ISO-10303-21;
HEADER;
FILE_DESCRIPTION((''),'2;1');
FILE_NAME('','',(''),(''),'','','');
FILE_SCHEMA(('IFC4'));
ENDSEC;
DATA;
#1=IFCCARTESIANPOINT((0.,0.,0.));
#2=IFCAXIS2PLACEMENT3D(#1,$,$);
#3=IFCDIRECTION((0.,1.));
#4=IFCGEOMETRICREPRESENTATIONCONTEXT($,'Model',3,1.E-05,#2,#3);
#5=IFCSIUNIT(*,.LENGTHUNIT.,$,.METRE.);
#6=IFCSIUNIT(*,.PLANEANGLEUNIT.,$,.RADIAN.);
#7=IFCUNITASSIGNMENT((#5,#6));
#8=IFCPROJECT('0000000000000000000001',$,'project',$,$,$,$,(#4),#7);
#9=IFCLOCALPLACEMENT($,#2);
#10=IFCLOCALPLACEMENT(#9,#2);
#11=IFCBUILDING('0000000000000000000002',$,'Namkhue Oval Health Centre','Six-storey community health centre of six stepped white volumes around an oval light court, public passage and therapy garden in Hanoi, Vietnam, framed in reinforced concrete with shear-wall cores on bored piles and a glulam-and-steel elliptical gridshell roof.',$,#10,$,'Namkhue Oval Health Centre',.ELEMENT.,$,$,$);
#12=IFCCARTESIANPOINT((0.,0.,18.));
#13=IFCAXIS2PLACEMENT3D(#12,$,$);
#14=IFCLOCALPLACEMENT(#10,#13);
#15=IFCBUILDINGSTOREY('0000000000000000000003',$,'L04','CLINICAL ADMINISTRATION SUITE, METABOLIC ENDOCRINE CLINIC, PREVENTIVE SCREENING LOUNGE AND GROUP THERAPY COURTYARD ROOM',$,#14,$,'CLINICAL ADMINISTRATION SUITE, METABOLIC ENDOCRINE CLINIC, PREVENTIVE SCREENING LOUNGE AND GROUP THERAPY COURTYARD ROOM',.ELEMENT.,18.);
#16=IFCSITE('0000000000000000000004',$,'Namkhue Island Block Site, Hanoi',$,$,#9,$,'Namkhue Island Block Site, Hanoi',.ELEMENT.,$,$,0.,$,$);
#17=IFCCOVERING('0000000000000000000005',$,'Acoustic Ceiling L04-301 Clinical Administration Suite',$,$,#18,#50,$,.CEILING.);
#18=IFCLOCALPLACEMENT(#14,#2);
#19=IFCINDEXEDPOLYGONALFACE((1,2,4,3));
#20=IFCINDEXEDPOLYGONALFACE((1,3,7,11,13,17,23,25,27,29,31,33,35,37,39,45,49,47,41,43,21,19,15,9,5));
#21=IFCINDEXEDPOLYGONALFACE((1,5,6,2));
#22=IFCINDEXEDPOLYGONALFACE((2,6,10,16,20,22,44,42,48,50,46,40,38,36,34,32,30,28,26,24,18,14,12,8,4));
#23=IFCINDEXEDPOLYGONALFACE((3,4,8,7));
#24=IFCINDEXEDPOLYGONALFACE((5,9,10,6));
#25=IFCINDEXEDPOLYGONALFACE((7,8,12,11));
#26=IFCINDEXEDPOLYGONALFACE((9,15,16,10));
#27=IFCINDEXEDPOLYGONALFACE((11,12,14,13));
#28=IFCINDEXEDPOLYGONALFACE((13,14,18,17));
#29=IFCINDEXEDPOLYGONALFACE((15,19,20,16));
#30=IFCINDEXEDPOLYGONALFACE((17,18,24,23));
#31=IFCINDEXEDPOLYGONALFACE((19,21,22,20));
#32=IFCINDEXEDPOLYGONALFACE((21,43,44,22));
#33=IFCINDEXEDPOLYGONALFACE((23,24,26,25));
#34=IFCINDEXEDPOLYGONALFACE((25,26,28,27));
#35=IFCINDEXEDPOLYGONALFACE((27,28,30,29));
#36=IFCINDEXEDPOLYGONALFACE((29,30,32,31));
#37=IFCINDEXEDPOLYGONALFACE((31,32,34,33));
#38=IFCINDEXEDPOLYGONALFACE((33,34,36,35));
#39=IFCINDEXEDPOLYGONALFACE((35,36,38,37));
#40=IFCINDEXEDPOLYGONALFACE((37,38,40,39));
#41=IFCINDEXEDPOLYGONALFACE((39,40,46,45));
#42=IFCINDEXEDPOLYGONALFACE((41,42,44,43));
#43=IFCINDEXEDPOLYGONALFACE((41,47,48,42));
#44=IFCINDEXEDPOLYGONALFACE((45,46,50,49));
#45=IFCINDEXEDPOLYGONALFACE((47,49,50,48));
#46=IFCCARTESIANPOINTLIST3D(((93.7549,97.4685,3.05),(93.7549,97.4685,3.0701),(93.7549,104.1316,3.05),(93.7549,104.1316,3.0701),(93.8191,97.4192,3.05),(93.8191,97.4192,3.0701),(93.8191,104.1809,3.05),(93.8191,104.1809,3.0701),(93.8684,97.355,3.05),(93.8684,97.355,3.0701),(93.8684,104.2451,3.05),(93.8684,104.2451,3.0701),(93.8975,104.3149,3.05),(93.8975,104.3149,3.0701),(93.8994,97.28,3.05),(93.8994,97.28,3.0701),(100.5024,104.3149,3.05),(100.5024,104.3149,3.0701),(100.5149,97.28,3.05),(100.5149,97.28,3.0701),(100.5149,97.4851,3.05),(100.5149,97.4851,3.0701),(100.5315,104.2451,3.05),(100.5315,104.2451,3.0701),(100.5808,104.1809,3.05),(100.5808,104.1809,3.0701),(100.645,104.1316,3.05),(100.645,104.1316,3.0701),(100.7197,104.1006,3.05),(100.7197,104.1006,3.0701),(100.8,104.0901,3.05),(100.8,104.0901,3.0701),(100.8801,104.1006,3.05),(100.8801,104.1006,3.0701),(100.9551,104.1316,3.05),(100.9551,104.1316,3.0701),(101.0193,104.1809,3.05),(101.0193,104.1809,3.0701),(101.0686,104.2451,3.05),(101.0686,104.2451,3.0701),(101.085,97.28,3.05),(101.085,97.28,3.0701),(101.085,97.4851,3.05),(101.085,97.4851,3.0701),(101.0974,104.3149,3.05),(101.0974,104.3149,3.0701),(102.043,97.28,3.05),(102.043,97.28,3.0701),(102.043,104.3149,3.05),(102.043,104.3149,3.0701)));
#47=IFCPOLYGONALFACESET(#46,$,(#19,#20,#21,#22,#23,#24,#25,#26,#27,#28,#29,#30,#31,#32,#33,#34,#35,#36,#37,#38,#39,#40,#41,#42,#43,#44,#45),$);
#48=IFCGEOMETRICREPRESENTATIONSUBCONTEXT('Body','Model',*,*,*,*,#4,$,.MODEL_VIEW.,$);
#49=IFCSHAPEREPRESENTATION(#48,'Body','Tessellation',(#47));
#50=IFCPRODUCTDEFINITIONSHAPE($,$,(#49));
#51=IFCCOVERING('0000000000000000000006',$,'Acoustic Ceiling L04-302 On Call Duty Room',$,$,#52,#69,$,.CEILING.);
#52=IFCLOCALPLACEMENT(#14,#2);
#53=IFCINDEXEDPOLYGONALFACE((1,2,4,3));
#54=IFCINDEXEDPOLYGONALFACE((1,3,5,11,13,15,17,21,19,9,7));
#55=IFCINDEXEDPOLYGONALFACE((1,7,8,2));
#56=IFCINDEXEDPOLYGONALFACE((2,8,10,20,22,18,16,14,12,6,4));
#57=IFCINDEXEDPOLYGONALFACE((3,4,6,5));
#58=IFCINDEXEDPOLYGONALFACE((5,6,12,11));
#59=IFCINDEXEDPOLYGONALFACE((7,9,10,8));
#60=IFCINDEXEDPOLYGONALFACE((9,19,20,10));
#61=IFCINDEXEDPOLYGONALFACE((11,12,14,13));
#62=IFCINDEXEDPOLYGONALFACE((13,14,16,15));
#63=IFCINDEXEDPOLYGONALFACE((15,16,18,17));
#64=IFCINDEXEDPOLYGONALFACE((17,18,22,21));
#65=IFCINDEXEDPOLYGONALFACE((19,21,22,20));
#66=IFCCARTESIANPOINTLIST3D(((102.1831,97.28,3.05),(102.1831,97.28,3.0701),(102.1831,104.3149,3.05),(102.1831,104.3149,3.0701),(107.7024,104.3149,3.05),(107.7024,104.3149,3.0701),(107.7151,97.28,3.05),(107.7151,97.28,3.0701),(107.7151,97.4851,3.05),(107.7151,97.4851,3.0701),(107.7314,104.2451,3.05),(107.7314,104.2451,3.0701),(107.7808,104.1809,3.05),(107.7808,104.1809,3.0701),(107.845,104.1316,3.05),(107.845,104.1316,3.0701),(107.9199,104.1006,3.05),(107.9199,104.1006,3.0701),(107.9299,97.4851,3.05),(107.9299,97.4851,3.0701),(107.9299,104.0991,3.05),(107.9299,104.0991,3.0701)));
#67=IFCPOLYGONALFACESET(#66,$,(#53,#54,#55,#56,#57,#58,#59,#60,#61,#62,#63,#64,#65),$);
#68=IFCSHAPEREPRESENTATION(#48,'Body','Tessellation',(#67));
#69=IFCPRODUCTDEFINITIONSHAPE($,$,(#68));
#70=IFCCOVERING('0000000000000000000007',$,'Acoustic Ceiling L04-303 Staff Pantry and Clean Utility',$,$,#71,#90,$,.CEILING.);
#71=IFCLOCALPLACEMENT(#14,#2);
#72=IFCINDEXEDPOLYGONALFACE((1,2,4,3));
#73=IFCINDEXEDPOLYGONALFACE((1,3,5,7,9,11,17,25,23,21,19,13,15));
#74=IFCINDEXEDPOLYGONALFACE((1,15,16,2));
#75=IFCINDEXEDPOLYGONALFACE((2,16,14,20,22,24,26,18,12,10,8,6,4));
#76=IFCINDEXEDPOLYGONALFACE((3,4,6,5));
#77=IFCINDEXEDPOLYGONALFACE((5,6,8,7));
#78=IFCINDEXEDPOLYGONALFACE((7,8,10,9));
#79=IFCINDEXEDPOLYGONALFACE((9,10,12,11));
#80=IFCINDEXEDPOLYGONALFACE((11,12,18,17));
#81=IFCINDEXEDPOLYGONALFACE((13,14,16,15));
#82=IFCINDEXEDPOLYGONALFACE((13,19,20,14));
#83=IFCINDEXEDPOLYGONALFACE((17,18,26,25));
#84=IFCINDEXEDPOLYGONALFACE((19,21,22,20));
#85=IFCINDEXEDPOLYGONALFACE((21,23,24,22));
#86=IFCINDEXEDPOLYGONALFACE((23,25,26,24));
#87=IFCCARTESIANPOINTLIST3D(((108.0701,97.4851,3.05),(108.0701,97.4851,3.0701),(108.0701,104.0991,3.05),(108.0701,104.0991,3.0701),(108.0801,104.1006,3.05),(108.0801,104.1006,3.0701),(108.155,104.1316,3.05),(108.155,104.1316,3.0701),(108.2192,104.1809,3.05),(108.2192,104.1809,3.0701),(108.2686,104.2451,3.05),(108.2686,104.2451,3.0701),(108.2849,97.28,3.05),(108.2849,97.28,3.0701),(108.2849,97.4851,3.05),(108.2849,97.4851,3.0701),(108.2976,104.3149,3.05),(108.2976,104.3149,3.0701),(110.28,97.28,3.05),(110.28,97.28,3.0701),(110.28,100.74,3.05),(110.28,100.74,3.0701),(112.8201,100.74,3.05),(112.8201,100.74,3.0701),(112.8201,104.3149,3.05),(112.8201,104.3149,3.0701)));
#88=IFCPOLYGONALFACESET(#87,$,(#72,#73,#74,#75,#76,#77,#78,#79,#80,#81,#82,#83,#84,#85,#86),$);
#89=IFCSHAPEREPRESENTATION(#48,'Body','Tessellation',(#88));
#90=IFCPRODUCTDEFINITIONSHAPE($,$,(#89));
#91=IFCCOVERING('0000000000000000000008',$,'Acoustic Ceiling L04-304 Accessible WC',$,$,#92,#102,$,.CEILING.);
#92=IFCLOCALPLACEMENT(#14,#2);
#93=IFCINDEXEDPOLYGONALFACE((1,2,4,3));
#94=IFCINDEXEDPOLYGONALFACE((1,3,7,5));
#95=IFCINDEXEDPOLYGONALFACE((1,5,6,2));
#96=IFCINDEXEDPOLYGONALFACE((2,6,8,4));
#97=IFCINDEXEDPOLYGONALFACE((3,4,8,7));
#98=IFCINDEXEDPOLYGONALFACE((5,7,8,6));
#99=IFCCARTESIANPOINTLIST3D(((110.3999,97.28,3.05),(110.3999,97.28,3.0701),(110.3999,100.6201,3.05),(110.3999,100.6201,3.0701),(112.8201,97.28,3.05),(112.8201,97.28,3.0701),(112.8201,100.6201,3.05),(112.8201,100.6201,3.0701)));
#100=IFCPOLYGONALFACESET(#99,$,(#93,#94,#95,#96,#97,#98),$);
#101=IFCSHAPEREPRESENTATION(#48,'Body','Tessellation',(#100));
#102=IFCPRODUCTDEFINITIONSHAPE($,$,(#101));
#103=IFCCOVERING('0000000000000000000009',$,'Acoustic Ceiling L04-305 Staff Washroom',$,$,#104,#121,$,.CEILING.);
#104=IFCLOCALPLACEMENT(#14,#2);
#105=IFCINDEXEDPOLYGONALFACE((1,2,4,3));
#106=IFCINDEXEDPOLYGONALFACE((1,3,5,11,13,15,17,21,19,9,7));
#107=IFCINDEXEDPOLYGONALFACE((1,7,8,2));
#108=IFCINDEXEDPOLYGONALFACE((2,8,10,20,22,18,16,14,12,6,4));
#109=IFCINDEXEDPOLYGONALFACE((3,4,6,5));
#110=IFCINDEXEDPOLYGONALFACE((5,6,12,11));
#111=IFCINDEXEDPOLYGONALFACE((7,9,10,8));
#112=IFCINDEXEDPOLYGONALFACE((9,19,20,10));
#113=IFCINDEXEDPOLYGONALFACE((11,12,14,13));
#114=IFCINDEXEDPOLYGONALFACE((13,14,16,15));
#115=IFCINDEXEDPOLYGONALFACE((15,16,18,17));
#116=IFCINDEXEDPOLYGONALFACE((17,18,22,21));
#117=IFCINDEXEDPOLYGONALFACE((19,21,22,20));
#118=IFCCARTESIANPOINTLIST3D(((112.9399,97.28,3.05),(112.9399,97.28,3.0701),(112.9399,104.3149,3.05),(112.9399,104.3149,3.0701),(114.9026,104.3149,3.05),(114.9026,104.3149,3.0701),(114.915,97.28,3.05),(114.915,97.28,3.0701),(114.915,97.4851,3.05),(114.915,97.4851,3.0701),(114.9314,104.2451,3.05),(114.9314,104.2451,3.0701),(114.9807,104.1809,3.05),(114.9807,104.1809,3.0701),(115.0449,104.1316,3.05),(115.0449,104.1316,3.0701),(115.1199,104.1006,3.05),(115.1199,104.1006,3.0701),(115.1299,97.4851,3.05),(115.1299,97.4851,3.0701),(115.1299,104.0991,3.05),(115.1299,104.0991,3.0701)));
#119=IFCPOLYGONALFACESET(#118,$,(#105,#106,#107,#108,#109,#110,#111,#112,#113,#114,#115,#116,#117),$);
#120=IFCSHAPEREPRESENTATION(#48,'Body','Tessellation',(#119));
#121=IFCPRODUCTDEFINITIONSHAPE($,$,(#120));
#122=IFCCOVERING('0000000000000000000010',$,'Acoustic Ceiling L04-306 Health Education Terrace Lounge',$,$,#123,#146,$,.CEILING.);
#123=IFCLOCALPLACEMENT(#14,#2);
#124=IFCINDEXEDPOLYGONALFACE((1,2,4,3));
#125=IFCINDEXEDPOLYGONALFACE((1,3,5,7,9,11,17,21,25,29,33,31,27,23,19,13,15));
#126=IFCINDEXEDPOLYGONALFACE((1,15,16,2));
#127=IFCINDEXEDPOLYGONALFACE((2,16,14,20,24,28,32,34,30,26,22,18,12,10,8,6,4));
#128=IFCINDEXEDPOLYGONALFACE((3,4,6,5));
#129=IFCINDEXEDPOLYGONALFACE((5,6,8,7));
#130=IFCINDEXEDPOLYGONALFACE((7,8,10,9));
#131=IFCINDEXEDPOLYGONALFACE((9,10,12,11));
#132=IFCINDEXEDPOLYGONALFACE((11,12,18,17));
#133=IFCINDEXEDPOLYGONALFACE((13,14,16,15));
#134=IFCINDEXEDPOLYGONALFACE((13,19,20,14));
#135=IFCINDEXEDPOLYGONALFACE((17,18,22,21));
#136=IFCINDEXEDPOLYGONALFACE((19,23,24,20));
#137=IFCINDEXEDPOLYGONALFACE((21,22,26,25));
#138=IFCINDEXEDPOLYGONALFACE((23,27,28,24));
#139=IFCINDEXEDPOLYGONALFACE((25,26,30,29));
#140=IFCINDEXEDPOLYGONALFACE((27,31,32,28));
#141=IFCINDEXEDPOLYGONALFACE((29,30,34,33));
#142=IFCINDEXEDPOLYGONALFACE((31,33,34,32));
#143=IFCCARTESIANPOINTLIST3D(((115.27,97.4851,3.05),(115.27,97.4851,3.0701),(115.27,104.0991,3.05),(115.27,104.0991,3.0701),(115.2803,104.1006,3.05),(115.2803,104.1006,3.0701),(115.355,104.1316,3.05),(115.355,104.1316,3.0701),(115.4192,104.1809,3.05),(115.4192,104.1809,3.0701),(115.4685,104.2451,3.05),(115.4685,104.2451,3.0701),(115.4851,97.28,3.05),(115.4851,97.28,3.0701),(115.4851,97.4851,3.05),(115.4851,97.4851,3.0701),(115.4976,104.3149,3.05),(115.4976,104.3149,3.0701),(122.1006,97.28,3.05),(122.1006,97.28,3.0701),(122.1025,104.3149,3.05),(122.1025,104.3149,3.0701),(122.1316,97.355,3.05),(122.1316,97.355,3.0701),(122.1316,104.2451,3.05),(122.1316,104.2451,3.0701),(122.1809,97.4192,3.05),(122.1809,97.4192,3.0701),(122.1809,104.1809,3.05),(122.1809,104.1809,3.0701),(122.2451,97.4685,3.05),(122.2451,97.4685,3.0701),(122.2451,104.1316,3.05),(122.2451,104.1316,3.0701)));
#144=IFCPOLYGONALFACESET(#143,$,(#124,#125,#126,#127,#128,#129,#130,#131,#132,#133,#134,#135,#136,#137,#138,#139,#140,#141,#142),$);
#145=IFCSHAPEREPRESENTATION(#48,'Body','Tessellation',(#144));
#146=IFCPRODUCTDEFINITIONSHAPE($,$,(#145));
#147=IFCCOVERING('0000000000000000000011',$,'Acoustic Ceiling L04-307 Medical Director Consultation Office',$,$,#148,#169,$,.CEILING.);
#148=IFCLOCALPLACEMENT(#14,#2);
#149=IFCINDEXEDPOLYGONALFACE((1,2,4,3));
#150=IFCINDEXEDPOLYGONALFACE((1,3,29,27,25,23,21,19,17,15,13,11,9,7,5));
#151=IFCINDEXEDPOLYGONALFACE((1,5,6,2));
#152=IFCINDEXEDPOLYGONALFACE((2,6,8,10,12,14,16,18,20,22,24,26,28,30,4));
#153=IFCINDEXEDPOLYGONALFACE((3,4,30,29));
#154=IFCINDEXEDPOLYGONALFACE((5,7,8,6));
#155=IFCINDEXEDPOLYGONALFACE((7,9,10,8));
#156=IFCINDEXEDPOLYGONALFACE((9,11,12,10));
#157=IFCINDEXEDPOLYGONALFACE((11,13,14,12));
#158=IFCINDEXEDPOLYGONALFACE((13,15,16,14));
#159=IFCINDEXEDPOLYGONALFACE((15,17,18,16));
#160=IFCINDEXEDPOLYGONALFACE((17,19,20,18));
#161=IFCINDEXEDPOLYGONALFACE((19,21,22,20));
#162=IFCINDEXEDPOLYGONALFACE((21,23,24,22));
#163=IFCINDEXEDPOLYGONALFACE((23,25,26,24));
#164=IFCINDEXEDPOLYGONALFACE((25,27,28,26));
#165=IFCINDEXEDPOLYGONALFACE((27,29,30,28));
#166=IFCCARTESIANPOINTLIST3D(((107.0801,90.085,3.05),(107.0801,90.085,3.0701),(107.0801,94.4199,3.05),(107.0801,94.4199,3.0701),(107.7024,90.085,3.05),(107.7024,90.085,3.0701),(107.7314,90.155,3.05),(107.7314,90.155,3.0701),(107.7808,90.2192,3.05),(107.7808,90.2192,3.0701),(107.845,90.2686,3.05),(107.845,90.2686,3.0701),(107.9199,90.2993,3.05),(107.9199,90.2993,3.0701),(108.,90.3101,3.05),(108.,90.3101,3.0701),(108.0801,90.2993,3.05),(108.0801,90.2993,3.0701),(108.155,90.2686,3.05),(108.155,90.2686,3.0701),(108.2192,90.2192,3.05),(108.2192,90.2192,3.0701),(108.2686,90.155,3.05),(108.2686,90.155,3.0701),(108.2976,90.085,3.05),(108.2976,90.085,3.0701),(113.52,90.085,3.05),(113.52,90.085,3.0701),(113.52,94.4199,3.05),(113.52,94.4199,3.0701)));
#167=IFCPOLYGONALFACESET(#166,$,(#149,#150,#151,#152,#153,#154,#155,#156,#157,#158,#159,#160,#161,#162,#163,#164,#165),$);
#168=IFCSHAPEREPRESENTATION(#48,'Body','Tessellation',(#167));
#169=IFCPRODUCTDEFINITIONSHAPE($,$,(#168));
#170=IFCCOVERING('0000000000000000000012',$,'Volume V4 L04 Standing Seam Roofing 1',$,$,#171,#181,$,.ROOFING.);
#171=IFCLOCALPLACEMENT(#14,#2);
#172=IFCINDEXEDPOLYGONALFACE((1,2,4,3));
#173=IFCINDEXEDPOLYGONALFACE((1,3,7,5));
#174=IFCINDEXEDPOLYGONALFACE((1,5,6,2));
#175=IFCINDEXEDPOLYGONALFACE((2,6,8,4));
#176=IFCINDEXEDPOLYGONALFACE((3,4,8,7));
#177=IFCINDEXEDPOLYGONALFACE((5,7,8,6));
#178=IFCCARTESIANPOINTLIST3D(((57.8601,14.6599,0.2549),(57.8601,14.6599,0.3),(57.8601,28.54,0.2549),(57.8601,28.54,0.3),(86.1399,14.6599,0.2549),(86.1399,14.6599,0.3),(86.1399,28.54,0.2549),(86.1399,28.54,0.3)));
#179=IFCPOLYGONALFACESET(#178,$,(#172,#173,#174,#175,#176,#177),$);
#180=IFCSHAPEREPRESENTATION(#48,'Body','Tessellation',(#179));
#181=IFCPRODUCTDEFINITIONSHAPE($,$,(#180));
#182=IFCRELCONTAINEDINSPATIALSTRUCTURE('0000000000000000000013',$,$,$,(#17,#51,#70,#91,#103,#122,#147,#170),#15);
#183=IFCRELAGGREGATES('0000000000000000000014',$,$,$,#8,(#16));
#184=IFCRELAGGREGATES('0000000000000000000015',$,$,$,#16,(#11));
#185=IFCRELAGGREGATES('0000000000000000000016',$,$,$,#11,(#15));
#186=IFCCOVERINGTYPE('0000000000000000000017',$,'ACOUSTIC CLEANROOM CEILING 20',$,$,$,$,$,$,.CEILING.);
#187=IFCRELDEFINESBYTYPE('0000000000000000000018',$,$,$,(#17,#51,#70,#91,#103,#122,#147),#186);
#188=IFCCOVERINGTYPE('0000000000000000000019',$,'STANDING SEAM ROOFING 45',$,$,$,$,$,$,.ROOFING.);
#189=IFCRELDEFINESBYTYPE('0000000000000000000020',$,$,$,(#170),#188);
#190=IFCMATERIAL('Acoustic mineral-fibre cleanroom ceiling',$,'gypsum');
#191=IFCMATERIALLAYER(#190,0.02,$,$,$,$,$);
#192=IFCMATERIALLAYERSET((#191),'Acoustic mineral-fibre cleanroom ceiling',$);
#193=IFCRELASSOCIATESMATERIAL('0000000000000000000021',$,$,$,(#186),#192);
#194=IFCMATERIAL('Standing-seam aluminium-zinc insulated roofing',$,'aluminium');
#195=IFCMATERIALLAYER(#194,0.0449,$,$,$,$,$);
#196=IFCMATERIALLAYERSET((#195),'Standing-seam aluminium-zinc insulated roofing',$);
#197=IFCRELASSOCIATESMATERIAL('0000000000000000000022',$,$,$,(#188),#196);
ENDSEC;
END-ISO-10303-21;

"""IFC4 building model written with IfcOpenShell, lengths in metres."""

from ifc_helpers import new_model, si_unit, direction, frame, origin, place, context, subcontext, project, spatial, polyline, outline, extrude, material, layer, layer_set, type_object, element, save


model = new_model("IFC4")

# Units and contexts
model_context = context("Model", 3, precision=1e-05, world=origin(), true_north=direction((0.0, 1.0)))
body_context = subcontext(model_context, "Body", "Model", "MODEL_VIEW")
ifc_project = project(units=[si_unit("LENGTHUNIT", "METRE"), si_unit("PLANEANGLEUNIT", "RADIAN")], contexts=[model_context])

# Site, building, storey
site_placement = place(None, origin())
site = spatial("IfcSite", under=ifc_project, at=site_placement, Name="Namkhue Island Block Site, Hanoi", LongName="Namkhue Island Block Site, Hanoi", CompositionType="ELEMENT", RefElevation=0.0)
building_placement = place(site_placement, origin())
building = spatial("IfcBuilding", under=site, at=building_placement, Name="Namkhue Oval Health Centre", Description="Six-storey community health centre of six stepped white volumes around an oval light court, public passage and therapy garden in Hanoi, Vietnam, framed in reinforced concrete with shear-wall cores on bored piles and a glulam-and-steel elliptical gridshell roof.", LongName="Namkhue Oval Health Centre", CompositionType="ELEMENT")
storey_placement = place(building_placement, frame((0.0, 0.0, 18.0)))
storey = spatial("IfcBuildingStorey", under=building, at=storey_placement, Name="L04", Description="CLINICAL ADMINISTRATION SUITE, METABOLIC ENDOCRINE CLINIC, PREVENTIVE SCREENING LOUNGE AND GROUP THERAPY COURTYARD ROOM", LongName="CLINICAL ADMINISTRATION SUITE, METABOLIC ENDOCRINE CLINIC, PREVENTIVE SCREENING LOUNGE AND GROUP THERAPY COURTYARD ROOM", CompositionType="ELEMENT", Elevation=18.0)

# Shared definitions
ifc_material_1 = material(Name="Standing-seam aluminium-zinc insulated roofing", Category="aluminium")

# Coverings
ifc_material_2 = material(Name="Acoustic mineral-fibre cleanroom ceiling", Category="gypsum")
ifc_layer_1 = layer(ifc_material_2, 0.02)
ifc_layer_set_1 = layer_set([ifc_layer_1], Name="Acoustic mineral-fibre cleanroom ceiling")
covering_type_1 = type_object("IfcCoveringType", Name="ACOUSTIC CLEANROOM CEILING 20", PredefinedType="CEILING", material=ifc_layer_set_1)
covering_1_placement = place(storey_placement, frame((0.0, 0.0, 3.05)))
element("IfcCovering", 1, at=covering_1_placement, inside=storey, type_object=covering_type_1, Name="Acoustic Ceiling L04-301 Clinical Administration Suite", PredefinedType="CEILING", context=body_context, shape_type="SweptSolid", body=[
    extrude(outline(polyline([(101.085, 97.28), (101.085, 97.4851), (100.5149, 97.4851), (100.5149, 97.28), (93.8994, 97.28), (93.8684, 97.355), (93.8191, 97.4192), (93.7549, 97.4685), (93.7549, 104.1316), (93.8191, 104.1809), (93.8684, 104.2451), (93.8975, 104.3149), (100.5024, 104.3149), (100.5315, 104.2451), (100.5808, 104.1809), (100.645, 104.1316), (100.7197, 104.1006), (100.8, 104.0901), (100.8801, 104.1006), (100.9551, 104.1316), (101.0193, 104.1809), (101.0686, 104.2451), (101.0974, 104.3149), (102.043, 104.3149), (102.043, 97.28), (101.085, 97.28)])), origin(), (0.0, 0.0, 1.0), 0.02),
])
covering_2_placement = place(storey_placement, frame((0.0, 0.0, 3.05)))
element("IfcCovering", 2, at=covering_2_placement, inside=storey, type_object=covering_type_1, Name="Acoustic Ceiling L04-302 On Call Duty Room", PredefinedType="CEILING", context=body_context, shape_type="SweptSolid", body=[
    extrude(outline(polyline([(102.1831, 97.28), (102.1831, 104.3149), (107.7024, 104.3149), (107.7314, 104.2451), (107.7808, 104.1809), (107.845, 104.1316), (107.9199, 104.1006), (107.9299, 104.0991), (107.9299, 97.4851), (107.7151, 97.4851), (107.7151, 97.28), (102.1831, 97.28)])), origin(), (0.0, 0.0, 1.0), 0.02),
])
covering_3_placement = place(storey_placement, frame((0.0, 0.0, 3.05)))
element("IfcCovering", 3, at=covering_3_placement, inside=storey, type_object=covering_type_1, Name="Acoustic Ceiling L04-303 Staff Pantry and Clean Utility", PredefinedType="CEILING", context=body_context, shape_type="SweptSolid", body=[
    extrude(outline(polyline([(112.8201, 104.3149), (112.8201, 100.74), (110.28, 100.74), (110.28, 97.28), (108.2849, 97.28), (108.2849, 97.4851), (108.0701, 97.4851), (108.0701, 104.0991), (108.0801, 104.1006), (108.155, 104.1316), (108.2192, 104.1809), (108.2686, 104.2451), (108.2976, 104.3149), (112.8201, 104.3149)])), origin(), (0.0, 0.0, 1.0), 0.02),
])
covering_4_placement = place(storey_placement, frame((0.0, 0.0, 3.05)))
element("IfcCovering", 4, at=covering_4_placement, inside=storey, type_object=covering_type_1, Name="Acoustic Ceiling L04-304 Accessible WC", PredefinedType="CEILING", context=body_context, shape_type="SweptSolid", body=[
    extrude(outline(polyline([(112.8201, 100.6201), (112.8201, 97.28), (110.3999, 97.28), (110.3999, 100.6201), (112.8201, 100.6201)])), origin(), (0.0, 0.0, 1.0), 0.02),
])
covering_5_placement = place(storey_placement, frame((0.0, 0.0, 3.05)))
element("IfcCovering", 5, at=covering_5_placement, inside=storey, type_object=covering_type_1, Name="Acoustic Ceiling L04-305 Staff Washroom", PredefinedType="CEILING", context=body_context, shape_type="SweptSolid", body=[
    extrude(outline(polyline([(112.9399, 97.28), (112.9399, 104.3149), (114.9026, 104.3149), (114.9314, 104.2451), (114.9807, 104.1809), (115.0449, 104.1316), (115.1199, 104.1006), (115.1299, 104.0991), (115.1299, 97.4851), (114.915, 97.4851), (114.915, 97.28), (112.9399, 97.28)])), origin(), (0.0, 0.0, 1.0), 0.02),
])
covering_6_placement = place(storey_placement, frame((0.0, 0.0, 3.05)))
element("IfcCovering", 6, at=covering_6_placement, inside=storey, type_object=covering_type_1, Name="Acoustic Ceiling L04-306 Health Education Terrace Lounge", PredefinedType="CEILING", context=body_context, shape_type="SweptSolid", body=[
    extrude(outline(polyline([(115.4851, 97.28), (115.4851, 97.4851), (115.27, 97.4851), (115.27, 104.0991), (115.2803, 104.1006), (115.355, 104.1316), (115.4192, 104.1809), (115.4685, 104.2451), (115.4976, 104.3149), (122.1025, 104.3149), (122.1316, 104.2451), (122.1809, 104.1809), (122.2451, 104.1316), (122.2451, 97.4685), (122.1809, 97.4192), (122.1316, 97.355), (122.1006, 97.28), (115.4851, 97.28)])), origin(), (0.0, 0.0, 1.0), 0.02),
])
covering_7_placement = place(storey_placement, frame((0.0, 0.0, 3.05)))
element("IfcCovering", 7, at=covering_7_placement, inside=storey, type_object=covering_type_1, Name="Acoustic Ceiling L04-307 Medical Director Consultation Office", PredefinedType="CEILING", context=body_context, shape_type="SweptSolid", body=[
    extrude(outline(polyline([(108.2976, 90.085), (108.2686, 90.155), (108.2192, 90.2192), (108.155, 90.2686), (108.0801, 90.2993), (108.0, 90.3101), (107.9199, 90.2993), (107.845, 90.2686), (107.7808, 90.2192), (107.7314, 90.155), (107.7024, 90.085), (107.0801, 90.085), (107.0801, 94.4199), (113.52, 94.4199), (113.52, 90.085), (108.2976, 90.085)])), origin(), (0.0, 0.0, 1.0), 0.02),
])
ifc_layer_2 = layer(ifc_material_1, 0.0449)
ifc_layer_set_2 = layer_set([ifc_layer_2], Name="Standing-seam aluminium-zinc insulated roofing")
covering_type_2 = type_object("IfcCoveringType", Name="STANDING SEAM ROOFING 45", PredefinedType="ROOFING", material=ifc_layer_set_2)
covering_8_placement = place(storey_placement, frame((0.0, 0.0, 0.2549)))
element("IfcCovering", 8, at=covering_8_placement, inside=storey, type_object=covering_type_2, Name="Volume V4 L04 Standing Seam Roofing 1", PredefinedType="ROOFING", context=body_context, shape_type="SweptSolid", body=[
    extrude(outline(polyline([(57.8601, 14.6599), (57.8601, 28.54), (86.1399, 28.54), (86.1399, 14.6599), (57.8601, 14.6599)])), origin(), (0.0, 0.0, 1.0), 0.0452),
])

save(model, "model.ifc")
